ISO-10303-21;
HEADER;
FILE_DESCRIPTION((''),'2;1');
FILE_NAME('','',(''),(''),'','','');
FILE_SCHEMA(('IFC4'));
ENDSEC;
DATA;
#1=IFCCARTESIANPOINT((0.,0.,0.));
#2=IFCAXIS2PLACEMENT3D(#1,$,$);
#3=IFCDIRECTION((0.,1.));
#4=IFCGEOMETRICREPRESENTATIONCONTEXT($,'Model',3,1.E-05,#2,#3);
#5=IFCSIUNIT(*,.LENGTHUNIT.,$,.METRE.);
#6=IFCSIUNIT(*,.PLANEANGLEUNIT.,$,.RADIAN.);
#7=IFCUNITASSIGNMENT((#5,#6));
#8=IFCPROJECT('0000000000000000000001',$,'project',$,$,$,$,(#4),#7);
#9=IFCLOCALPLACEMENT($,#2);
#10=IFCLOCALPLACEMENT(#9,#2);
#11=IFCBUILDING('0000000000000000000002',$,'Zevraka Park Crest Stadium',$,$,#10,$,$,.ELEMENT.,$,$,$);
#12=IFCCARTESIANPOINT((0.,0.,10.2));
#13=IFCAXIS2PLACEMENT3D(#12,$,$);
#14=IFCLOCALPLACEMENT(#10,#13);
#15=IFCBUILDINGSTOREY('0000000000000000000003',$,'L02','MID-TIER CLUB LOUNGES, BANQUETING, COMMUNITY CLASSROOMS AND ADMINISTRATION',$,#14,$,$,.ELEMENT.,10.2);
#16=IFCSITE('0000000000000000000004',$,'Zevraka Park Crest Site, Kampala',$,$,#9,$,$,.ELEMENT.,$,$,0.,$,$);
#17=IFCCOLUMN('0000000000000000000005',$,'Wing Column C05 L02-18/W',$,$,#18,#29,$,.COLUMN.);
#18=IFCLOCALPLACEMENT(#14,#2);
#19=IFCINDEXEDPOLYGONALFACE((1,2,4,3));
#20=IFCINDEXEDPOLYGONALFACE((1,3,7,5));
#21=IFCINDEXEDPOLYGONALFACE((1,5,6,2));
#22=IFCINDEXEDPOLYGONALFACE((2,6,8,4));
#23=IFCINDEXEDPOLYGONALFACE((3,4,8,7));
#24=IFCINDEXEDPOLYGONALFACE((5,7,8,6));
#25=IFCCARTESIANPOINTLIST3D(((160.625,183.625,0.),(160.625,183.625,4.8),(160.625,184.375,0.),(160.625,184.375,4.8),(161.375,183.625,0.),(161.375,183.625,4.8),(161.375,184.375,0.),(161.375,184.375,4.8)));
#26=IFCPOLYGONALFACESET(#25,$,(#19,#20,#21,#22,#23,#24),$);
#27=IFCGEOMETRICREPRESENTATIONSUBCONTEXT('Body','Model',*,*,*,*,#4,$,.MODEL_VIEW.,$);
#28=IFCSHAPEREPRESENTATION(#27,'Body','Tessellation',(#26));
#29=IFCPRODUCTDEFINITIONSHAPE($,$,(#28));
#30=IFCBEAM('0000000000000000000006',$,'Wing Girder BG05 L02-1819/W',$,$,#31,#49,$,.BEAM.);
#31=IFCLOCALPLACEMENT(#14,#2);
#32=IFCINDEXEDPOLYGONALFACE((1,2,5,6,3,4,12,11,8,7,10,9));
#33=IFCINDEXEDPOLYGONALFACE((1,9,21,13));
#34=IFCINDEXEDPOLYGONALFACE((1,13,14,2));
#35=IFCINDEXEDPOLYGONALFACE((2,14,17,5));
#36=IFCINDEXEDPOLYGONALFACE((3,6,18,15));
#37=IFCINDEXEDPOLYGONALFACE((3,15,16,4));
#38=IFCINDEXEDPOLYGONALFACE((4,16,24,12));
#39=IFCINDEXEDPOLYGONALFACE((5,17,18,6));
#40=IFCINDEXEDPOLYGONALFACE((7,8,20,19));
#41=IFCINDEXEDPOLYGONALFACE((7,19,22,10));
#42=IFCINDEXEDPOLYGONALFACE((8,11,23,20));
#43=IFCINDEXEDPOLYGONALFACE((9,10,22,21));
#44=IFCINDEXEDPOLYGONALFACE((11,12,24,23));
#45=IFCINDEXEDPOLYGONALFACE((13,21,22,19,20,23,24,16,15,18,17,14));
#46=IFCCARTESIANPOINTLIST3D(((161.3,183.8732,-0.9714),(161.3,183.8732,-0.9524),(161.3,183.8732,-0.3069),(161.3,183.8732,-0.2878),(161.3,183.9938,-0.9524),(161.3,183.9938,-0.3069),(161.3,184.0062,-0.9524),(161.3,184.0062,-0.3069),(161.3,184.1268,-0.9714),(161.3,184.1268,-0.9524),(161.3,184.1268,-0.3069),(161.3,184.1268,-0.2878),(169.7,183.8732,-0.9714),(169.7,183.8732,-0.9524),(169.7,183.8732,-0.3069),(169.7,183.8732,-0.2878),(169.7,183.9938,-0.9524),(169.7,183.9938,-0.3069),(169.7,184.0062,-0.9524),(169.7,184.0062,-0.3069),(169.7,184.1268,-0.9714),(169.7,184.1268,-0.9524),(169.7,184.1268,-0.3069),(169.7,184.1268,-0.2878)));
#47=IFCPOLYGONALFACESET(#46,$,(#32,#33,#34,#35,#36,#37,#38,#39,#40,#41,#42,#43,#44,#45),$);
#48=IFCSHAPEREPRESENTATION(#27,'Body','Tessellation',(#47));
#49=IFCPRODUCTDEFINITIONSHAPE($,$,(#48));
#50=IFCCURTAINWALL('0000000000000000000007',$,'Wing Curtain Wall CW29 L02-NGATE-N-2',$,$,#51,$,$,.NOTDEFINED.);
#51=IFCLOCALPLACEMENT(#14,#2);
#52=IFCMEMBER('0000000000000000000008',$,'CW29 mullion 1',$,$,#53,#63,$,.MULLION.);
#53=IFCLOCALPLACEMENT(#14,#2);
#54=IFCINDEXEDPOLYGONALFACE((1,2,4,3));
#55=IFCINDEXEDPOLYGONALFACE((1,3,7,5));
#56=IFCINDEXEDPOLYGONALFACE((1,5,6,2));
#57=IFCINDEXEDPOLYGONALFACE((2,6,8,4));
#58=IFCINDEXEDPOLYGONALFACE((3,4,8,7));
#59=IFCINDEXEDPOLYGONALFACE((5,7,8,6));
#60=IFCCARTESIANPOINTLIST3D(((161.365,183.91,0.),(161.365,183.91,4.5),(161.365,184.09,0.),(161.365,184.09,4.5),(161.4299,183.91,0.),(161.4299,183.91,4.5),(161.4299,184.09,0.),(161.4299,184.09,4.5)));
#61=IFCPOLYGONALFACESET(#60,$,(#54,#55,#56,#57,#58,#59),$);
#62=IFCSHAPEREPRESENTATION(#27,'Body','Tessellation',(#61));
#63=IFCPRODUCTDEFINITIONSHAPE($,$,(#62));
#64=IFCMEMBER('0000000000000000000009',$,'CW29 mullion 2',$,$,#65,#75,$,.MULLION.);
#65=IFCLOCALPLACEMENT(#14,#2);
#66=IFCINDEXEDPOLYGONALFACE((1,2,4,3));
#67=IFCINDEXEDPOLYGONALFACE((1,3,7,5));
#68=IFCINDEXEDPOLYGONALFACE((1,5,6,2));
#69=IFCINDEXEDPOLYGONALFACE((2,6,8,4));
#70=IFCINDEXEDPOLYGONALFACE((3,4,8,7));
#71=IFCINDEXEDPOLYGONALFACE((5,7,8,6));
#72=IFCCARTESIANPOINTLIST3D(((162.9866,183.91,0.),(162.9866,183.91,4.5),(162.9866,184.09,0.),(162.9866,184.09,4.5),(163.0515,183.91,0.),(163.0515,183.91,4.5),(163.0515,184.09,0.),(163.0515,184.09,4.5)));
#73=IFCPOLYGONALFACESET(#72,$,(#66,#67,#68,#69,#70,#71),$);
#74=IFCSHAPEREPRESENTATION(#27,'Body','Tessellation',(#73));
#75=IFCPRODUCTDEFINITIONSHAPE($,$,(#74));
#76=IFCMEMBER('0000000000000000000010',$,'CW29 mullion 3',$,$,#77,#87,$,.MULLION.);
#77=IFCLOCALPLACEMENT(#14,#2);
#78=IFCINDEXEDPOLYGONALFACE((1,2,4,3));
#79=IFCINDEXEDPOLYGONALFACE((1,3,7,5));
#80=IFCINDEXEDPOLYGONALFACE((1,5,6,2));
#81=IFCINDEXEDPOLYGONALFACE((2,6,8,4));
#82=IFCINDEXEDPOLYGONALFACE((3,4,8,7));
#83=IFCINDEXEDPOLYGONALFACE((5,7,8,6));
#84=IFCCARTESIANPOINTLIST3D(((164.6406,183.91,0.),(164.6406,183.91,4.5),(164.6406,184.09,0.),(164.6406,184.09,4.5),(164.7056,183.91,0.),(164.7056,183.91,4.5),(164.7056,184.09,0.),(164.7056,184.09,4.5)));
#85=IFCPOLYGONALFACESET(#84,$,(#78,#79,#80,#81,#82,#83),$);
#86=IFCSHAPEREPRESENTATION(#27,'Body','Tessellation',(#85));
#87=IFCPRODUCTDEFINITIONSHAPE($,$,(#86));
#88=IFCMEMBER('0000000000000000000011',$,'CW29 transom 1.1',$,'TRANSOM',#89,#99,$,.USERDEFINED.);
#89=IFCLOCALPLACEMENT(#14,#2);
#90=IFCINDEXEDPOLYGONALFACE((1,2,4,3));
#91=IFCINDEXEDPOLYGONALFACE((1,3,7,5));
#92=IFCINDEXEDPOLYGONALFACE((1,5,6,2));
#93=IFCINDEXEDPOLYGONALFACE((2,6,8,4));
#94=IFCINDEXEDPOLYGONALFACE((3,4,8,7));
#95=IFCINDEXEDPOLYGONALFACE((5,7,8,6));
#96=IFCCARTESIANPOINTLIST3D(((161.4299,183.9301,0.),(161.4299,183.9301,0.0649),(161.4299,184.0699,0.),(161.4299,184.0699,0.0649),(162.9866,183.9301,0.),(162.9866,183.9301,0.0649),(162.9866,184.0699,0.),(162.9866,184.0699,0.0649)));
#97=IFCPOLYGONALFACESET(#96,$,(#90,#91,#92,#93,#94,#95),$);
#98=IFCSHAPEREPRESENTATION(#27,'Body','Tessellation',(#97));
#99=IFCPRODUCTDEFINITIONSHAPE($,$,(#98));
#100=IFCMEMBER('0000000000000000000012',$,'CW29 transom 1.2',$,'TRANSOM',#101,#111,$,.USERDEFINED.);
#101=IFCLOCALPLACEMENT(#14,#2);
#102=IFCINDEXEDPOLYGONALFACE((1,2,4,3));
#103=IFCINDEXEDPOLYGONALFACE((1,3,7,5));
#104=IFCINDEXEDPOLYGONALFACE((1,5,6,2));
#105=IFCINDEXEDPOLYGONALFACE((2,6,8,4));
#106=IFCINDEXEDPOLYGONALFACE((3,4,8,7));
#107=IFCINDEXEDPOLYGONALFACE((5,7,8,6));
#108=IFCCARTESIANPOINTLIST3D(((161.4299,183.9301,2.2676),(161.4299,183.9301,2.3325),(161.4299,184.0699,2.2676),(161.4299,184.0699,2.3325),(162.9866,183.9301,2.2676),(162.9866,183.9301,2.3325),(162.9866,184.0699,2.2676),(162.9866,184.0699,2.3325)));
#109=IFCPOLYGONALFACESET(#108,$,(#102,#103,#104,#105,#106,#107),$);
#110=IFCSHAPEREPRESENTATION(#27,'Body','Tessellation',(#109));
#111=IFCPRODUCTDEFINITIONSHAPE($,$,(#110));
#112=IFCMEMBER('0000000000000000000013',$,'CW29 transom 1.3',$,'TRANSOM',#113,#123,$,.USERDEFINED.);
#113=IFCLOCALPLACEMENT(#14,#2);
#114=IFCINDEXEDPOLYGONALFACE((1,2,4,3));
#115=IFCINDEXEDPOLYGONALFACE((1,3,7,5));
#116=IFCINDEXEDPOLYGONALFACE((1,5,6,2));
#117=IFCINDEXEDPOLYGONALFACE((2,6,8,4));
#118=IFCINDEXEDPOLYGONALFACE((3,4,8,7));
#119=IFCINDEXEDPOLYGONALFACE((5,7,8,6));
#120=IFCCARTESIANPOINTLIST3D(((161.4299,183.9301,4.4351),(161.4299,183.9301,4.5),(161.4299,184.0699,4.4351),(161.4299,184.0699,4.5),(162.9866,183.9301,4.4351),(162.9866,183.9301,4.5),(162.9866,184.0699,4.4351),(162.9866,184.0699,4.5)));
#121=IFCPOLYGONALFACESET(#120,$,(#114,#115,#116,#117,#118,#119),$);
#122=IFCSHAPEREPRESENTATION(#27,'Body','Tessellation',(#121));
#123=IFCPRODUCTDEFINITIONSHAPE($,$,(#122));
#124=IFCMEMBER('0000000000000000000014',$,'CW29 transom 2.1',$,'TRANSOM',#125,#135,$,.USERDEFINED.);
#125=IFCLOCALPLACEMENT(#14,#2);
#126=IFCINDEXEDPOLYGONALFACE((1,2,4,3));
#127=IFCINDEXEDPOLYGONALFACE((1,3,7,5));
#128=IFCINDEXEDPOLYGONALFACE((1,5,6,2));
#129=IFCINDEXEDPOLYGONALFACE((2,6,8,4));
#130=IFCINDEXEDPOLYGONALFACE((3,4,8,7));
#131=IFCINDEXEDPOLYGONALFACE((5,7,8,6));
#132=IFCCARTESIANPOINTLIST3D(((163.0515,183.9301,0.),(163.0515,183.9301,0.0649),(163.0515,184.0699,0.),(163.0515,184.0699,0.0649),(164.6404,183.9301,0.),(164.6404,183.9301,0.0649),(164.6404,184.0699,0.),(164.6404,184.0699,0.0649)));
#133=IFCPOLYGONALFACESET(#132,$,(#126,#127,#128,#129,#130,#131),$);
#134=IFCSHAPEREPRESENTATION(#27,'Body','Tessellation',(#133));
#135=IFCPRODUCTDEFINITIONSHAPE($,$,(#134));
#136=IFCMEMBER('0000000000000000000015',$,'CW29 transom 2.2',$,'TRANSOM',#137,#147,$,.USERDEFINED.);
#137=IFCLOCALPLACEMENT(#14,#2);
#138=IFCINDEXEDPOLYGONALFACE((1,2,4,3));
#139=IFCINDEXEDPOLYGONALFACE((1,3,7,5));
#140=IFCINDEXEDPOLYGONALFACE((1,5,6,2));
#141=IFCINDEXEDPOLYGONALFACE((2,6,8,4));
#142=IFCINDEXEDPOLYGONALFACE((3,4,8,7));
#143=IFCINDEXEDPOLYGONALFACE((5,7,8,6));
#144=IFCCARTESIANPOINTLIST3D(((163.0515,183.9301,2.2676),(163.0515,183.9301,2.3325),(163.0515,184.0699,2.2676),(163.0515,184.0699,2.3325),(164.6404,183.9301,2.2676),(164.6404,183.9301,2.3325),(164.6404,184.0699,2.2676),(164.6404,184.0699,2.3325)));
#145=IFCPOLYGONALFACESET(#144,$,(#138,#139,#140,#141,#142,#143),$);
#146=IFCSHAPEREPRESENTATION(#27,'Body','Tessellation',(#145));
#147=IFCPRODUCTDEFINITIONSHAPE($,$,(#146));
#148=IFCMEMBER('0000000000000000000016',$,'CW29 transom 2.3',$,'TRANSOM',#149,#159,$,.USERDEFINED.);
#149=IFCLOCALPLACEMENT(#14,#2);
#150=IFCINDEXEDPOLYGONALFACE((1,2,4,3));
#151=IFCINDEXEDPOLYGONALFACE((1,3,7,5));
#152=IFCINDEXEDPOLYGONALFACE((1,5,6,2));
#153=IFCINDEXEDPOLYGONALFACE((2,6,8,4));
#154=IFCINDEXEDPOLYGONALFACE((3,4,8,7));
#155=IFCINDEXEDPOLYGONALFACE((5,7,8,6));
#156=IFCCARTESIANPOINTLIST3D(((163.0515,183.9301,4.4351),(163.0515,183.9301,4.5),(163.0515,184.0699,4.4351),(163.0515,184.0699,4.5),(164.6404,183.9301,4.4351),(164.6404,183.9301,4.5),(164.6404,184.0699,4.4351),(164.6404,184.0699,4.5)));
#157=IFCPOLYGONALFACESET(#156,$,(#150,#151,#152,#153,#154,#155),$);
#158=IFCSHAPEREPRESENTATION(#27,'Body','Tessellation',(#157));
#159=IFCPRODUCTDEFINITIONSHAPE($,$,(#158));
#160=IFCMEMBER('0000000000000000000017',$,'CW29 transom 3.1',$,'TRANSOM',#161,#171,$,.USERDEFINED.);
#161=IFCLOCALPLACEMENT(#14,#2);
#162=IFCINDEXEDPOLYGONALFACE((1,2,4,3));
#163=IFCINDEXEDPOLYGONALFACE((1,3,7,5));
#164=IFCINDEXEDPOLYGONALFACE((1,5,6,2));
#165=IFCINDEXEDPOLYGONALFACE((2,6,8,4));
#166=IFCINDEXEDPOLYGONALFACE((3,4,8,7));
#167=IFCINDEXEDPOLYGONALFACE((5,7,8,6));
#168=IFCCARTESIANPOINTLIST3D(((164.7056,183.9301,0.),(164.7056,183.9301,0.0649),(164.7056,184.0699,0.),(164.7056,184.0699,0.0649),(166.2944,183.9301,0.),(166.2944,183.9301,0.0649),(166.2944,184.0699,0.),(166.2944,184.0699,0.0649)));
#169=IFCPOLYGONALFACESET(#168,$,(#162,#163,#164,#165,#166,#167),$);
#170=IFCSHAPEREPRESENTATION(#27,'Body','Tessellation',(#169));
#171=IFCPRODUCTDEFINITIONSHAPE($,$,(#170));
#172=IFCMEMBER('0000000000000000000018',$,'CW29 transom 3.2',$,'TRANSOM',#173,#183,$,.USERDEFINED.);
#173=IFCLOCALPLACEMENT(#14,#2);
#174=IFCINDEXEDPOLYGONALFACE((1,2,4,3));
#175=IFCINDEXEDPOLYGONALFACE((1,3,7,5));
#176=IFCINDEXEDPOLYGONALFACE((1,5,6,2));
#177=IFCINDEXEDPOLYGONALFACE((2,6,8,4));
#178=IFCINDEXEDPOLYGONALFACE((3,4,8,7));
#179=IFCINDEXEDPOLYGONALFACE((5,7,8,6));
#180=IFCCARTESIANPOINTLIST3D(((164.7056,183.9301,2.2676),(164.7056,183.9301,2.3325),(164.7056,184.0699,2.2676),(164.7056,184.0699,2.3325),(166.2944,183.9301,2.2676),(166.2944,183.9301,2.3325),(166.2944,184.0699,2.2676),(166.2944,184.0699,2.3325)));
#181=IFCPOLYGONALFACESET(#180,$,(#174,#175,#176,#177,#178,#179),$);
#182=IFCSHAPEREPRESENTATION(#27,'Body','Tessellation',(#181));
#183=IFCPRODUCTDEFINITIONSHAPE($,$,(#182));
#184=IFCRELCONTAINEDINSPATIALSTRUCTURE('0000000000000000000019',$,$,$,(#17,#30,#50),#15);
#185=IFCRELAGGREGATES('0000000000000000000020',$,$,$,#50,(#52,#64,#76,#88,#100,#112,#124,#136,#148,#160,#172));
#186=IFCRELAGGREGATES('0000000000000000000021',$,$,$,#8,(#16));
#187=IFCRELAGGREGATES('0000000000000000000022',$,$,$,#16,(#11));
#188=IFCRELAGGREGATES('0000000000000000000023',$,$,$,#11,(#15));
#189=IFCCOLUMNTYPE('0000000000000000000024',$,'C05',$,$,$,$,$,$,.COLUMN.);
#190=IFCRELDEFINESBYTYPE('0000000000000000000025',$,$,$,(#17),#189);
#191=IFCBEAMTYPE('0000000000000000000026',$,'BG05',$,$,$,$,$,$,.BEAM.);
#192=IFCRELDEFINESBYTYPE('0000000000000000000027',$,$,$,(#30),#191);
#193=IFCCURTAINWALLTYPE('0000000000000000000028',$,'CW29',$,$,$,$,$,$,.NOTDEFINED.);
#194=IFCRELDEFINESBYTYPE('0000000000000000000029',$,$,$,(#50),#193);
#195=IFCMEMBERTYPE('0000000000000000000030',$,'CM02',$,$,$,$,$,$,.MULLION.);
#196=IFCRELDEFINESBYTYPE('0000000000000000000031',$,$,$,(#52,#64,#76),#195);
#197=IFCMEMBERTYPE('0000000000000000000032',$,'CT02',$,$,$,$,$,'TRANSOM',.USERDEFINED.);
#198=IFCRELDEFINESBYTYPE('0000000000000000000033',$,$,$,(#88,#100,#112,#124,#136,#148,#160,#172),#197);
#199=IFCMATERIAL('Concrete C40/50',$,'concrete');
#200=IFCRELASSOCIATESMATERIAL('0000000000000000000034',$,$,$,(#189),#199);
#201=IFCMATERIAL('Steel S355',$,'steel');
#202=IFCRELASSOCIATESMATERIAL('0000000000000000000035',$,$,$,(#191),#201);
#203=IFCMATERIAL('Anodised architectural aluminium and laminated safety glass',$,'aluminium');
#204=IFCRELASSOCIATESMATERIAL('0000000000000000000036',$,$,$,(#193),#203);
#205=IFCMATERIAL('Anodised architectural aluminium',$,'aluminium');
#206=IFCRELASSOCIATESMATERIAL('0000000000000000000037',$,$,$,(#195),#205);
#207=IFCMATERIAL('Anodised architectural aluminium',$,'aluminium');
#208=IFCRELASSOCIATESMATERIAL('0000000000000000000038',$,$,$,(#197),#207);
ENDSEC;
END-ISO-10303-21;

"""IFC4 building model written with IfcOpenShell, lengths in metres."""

from ifc_helpers import new_model, si_unit, direction, frame, origin, origin_2d, place, context, subcontext, project, spatial, rectangle, i_section, extrude, material, material_profile, profile_set, type_object, element, aggregate, save


model = new_model("IFC4")

# Units and contexts
model_context = context("Model", 3, precision=1e-05, world=origin(), true_north=direction((0.0, 1.0)))
body_context = subcontext(model_context, "Body", "Model", "MODEL_VIEW")
ifc_project = project(units=[si_unit("LENGTHUNIT", "METRE"), si_unit("PLANEANGLEUNIT", "RADIAN")], contexts=[model_context])

# Site, building, storey
site_placement = place(None, origin())
site = spatial("IfcSite", under=ifc_project, at=site_placement, Name="Zevraka Park Crest Site, Kampala", CompositionType="ELEMENT", RefElevation=0.0)
building_placement = place(site_placement, origin())
building = spatial("IfcBuilding", under=site, at=building_placement, Name="Zevraka Park Crest Stadium", CompositionType="ELEMENT")
storey_placement = place(building_placement, frame((0.0, 0.0, 10.2)))
storey = spatial("IfcBuildingStorey", under=building, at=storey_placement, Name="L02", Description="MID-TIER CLUB LOUNGES, BANQUETING, COMMUNITY CLASSROOMS AND ADMINISTRATION", CompositionType="ELEMENT", Elevation=10.2)

# Column
ifc_material_1 = material(Name="Concrete C40/50", Category="concrete")
ifc_material_profile_1 = material_profile(ifc_material_1, rectangle(XDim=0.75, YDim=0.75, at=origin_2d()), Name="RC 750x750")
ifc_profile_set_1 = profile_set([ifc_material_profile_1], Name="Concrete C40/50")
column_type = type_object("IfcColumnType", Name="C05", PredefinedType="COLUMN", material=ifc_profile_set_1)
column_placement = place(storey_placement, frame((161.0, 184.0, 0.0), z_axis=(0.0, 0.0, 1.0), x_axis=(1.0, 0.0, 0.0)))
element("IfcColumn", 1, at=column_placement, inside=storey, type_object=column_type, Name="Wing Column C05 L02-18/W", PredefinedType="COLUMN", context=body_context, shape_type="SweptSolid", body=[
    extrude(rectangle(XDim=0.75, YDim=0.75, at=origin_2d()), origin(), (0.0, 0.0, 1.0), 4.8),
])

# Beam
ifc_material_2 = material(Name="Steel S355", Category="steel")
ifc_material_profile_2 = material_profile(ifc_material_2, i_section(OverallWidth=0.2537, OverallDepth=0.6836, WebThickness=0.0125, FlangeThickness=0.019, at=origin_2d()), Name="UKB 686x254x140")
ifc_profile_set_2 = profile_set([ifc_material_profile_2], Name="Steel S355")
beam_type = type_object("IfcBeamType", Name="BG05", PredefinedType="BEAM", material=ifc_profile_set_2)
beam_placement = place(storey_placement, frame((161.3, 184.0, -0.6296), z_axis=(1.0, 0.0, 0.0), x_axis=(0.0, 1.0, 0.0)))
element("IfcBeam", 2, at=beam_placement, inside=storey, type_object=beam_type, Name="Wing Girder BG05 L02-1819/W", PredefinedType="BEAM", context=body_context, shape_type="SweptSolid", body=[
    extrude(i_section(OverallWidth=0.2537, OverallDepth=0.6836, WebThickness=0.0125, FlangeThickness=0.019, at=origin_2d()), origin(), (0.0, 0.0, 1.0), 8.3999),
])

# Curtain wall, members
ifc_material_3 = material(Name="Anodised architectural aluminium and laminated safety glass", Category="aluminium")
curtain_wall_type = type_object("IfcCurtainWallType", Name="CW29", PredefinedType="NOTDEFINED", material=ifc_material_3)
curtain_wall_placement = place(storey_placement, origin())
curtain_wall = element("IfcCurtainWall", 3, at=curtain_wall_placement, inside=storey, type_object=curtain_wall_type, Name="Wing Curtain Wall CW29 L02-NGATE-N-2", PredefinedType="NOTDEFINED")
ifc_material_4 = material(Name="Anodised architectural aluminium", Category="aluminium")
ifc_material_profile_3 = material_profile(ifc_material_4, rectangle(XDim=0.1799, YDim=0.0649, at=origin_2d()), Name="ALU MULLION 180x65")
ifc_profile_set_3 = profile_set([ifc_material_profile_3], Name="Anodised architectural aluminium")
member_type_1 = type_object("IfcMemberType", Name="CM02", PredefinedType="MULLION", material=ifc_profile_set_3)
member_1_placement = place(storey_placement, frame((161.3975, 184.0, 0.0), z_axis=(0.0, 0.0, 1.0), x_axis=(0.0, 1.0, 0.0)))
member_1 = element("IfcMember", 4, at=member_1_placement, type_object=member_type_1, Name="CW29 mullion 1", PredefinedType="MULLION", context=body_context, shape_type="SweptSolid", body=[
    extrude(rectangle(XDim=0.1799, YDim=0.0649, at=origin_2d()), origin(), (0.0, 0.0, 1.0), 4.5),
])
member_2_placement = place(storey_placement, frame((163.019, 184.0, 0.0), z_axis=(0.0, 0.0, 1.0), x_axis=(0.0, 1.0, 0.0)))
member_2 = element("IfcMember", 5, at=member_2_placement, type_object=member_type_1, Name="CW29 mullion 2", PredefinedType="MULLION", context=body_context, shape_type="SweptSolid", body=[
    extrude(rectangle(XDim=0.1799, YDim=0.0649, at=origin_2d()), origin(), (0.0, 0.0, 1.0), 4.5),
])
member_3_placement = place(storey_placement, frame((164.6731, 184.0, 0.0), z_axis=(0.0, 0.0, 1.0), x_axis=(0.0, 1.0, 0.0)))
member_3 = element("IfcMember", 6, at=member_3_placement, type_object=member_type_1, Name="CW29 mullion 3", PredefinedType="MULLION", context=body_context, shape_type="SweptSolid", body=[
    extrude(rectangle(XDim=0.1799, YDim=0.0649, at=origin_2d()), origin(), (0.0, 0.0, 1.0), 4.5),
])
ifc_material_5 = material(Name="Anodised architectural aluminium", Category="aluminium")
ifc_material_profile_4 = material_profile(ifc_material_5, rectangle(XDim=0.1399, YDim=0.0649, at=origin_2d()), Name="ALU TRANSOM 140x65")
ifc_profile_set_4 = profile_set([ifc_material_profile_4], Name="Anodised architectural aluminium")
member_type_2 = type_object("IfcMemberType", Name="CT02", ElementType="TRANSOM", PredefinedType="USERDEFINED", material=ifc_profile_set_4)
member_4_placement = place(storey_placement, frame((161.4299, 184.0, 0.0325), z_axis=(1.0, 0.0, 0.0), x_axis=(0.0, 1.0, 0.0)))
member_4 = element("IfcMember", 7, at=member_4_placement, type_object=member_type_2, Name="CW29 transom 1.1", ObjectType="TRANSOM", PredefinedType="USERDEFINED", context=body_context, shape_type="SweptSolid", body=[
    extrude(rectangle(XDim=0.1399, YDim=0.0649, at=origin_2d()), origin(), (0.0, 0.0, 1.0), 1.5566),
])
member_5_placement = place(storey_placement, frame((161.4299, 184.0, 2.3), z_axis=(1.0, 0.0, 0.0), x_axis=(0.0, 1.0, 0.0)))
member_5 = element("IfcMember", 8, at=member_5_placement, type_object=member_type_2, Name="CW29 transom 1.2", ObjectType="TRANSOM", PredefinedType="USERDEFINED", context=body_context, shape_type="SweptSolid", body=[
    extrude(rectangle(XDim=0.1399, YDim=0.0649, at=origin_2d()), origin(), (0.0, 0.0, 1.0), 1.5566),
])
member_6_placement = place(storey_placement, frame((161.4299, 184.0, 4.4675), z_axis=(1.0, 0.0, 0.0), x_axis=(0.0, 1.0, 0.0)))
member_6 = element("IfcMember", 9, at=member_6_placement, type_object=member_type_2, Name="CW29 transom 1.3", ObjectType="TRANSOM", PredefinedType="USERDEFINED", context=body_context, shape_type="SweptSolid", body=[
    extrude(rectangle(XDim=0.1399, YDim=0.0649, at=origin_2d()), origin(), (0.0, 0.0, 1.0), 1.5566),
])
member_7_placement = place(storey_placement, frame((163.0515, 184.0, 0.0325), z_axis=(1.0, 0.0, 0.0), x_axis=(0.0, 1.0, 0.0)))
member_7 = element("IfcMember", 10, at=member_7_placement, type_object=member_type_2, Name="CW29 transom 2.1", ObjectType="TRANSOM", PredefinedType="USERDEFINED", context=body_context, shape_type="SweptSolid", body=[
    extrude(rectangle(XDim=0.1399, YDim=0.0649, at=origin_2d()), origin(), (0.0, 0.0, 1.0), 1.5889),
])
member_8_placement = place(storey_placement, frame((163.0515, 184.0, 2.3), z_axis=(1.0, 0.0, 0.0), x_axis=(0.0, 1.0, 0.0)))
member_8 = element("IfcMember", 11, at=member_8_placement, type_object=member_type_2, Name="CW29 transom 2.2", ObjectType="TRANSOM", PredefinedType="USERDEFINED", context=body_context, shape_type="SweptSolid", body=[
    extrude(rectangle(XDim=0.1399, YDim=0.0649, at=origin_2d()), origin(), (0.0, 0.0, 1.0), 1.5889),
])
member_9_placement = place(storey_placement, frame((163.0515, 184.0, 4.4675), z_axis=(1.0, 0.0, 0.0), x_axis=(0.0, 1.0, 0.0)))
member_9 = element("IfcMember", 12, at=member_9_placement, type_object=member_type_2, Name="CW29 transom 2.3", ObjectType="TRANSOM", PredefinedType="USERDEFINED", context=body_context, shape_type="SweptSolid", body=[
    extrude(rectangle(XDim=0.1399, YDim=0.0649, at=origin_2d()), origin(), (0.0, 0.0, 1.0), 1.5889),
])
member_10_placement = place(storey_placement, frame((164.7056, 184.0, 0.0325), z_axis=(1.0, 0.0, 0.0), x_axis=(0.0, 1.0, 0.0)))
member_10 = element("IfcMember", 13, at=member_10_placement, type_object=member_type_2, Name="CW29 transom 3.1", ObjectType="TRANSOM", PredefinedType="USERDEFINED", context=body_context, shape_type="SweptSolid", body=[
    extrude(rectangle(XDim=0.1399, YDim=0.0649, at=origin_2d()), origin(), (0.0, 0.0, 1.0), 1.5889),
])
member_11_placement = place(storey_placement, frame((164.7056, 184.0, 2.3), z_axis=(1.0, 0.0, 0.0), x_axis=(0.0, 1.0, 0.0)))
member_11 = element("IfcMember", 14, at=member_11_placement, type_object=member_type_2, Name="CW29 transom 3.2", ObjectType="TRANSOM", PredefinedType="USERDEFINED", context=body_context, shape_type="SweptSolid", body=[
    extrude(rectangle(XDim=0.1399, YDim=0.0649, at=origin_2d()), origin(), (0.0, 0.0, 1.0), 1.5889),
])
aggregate(curtain_wall, [member_1, member_2, member_3, member_4, member_5, member_6, member_7, member_8, member_9, member_10, member_11])

save(model, "model.ifc")
